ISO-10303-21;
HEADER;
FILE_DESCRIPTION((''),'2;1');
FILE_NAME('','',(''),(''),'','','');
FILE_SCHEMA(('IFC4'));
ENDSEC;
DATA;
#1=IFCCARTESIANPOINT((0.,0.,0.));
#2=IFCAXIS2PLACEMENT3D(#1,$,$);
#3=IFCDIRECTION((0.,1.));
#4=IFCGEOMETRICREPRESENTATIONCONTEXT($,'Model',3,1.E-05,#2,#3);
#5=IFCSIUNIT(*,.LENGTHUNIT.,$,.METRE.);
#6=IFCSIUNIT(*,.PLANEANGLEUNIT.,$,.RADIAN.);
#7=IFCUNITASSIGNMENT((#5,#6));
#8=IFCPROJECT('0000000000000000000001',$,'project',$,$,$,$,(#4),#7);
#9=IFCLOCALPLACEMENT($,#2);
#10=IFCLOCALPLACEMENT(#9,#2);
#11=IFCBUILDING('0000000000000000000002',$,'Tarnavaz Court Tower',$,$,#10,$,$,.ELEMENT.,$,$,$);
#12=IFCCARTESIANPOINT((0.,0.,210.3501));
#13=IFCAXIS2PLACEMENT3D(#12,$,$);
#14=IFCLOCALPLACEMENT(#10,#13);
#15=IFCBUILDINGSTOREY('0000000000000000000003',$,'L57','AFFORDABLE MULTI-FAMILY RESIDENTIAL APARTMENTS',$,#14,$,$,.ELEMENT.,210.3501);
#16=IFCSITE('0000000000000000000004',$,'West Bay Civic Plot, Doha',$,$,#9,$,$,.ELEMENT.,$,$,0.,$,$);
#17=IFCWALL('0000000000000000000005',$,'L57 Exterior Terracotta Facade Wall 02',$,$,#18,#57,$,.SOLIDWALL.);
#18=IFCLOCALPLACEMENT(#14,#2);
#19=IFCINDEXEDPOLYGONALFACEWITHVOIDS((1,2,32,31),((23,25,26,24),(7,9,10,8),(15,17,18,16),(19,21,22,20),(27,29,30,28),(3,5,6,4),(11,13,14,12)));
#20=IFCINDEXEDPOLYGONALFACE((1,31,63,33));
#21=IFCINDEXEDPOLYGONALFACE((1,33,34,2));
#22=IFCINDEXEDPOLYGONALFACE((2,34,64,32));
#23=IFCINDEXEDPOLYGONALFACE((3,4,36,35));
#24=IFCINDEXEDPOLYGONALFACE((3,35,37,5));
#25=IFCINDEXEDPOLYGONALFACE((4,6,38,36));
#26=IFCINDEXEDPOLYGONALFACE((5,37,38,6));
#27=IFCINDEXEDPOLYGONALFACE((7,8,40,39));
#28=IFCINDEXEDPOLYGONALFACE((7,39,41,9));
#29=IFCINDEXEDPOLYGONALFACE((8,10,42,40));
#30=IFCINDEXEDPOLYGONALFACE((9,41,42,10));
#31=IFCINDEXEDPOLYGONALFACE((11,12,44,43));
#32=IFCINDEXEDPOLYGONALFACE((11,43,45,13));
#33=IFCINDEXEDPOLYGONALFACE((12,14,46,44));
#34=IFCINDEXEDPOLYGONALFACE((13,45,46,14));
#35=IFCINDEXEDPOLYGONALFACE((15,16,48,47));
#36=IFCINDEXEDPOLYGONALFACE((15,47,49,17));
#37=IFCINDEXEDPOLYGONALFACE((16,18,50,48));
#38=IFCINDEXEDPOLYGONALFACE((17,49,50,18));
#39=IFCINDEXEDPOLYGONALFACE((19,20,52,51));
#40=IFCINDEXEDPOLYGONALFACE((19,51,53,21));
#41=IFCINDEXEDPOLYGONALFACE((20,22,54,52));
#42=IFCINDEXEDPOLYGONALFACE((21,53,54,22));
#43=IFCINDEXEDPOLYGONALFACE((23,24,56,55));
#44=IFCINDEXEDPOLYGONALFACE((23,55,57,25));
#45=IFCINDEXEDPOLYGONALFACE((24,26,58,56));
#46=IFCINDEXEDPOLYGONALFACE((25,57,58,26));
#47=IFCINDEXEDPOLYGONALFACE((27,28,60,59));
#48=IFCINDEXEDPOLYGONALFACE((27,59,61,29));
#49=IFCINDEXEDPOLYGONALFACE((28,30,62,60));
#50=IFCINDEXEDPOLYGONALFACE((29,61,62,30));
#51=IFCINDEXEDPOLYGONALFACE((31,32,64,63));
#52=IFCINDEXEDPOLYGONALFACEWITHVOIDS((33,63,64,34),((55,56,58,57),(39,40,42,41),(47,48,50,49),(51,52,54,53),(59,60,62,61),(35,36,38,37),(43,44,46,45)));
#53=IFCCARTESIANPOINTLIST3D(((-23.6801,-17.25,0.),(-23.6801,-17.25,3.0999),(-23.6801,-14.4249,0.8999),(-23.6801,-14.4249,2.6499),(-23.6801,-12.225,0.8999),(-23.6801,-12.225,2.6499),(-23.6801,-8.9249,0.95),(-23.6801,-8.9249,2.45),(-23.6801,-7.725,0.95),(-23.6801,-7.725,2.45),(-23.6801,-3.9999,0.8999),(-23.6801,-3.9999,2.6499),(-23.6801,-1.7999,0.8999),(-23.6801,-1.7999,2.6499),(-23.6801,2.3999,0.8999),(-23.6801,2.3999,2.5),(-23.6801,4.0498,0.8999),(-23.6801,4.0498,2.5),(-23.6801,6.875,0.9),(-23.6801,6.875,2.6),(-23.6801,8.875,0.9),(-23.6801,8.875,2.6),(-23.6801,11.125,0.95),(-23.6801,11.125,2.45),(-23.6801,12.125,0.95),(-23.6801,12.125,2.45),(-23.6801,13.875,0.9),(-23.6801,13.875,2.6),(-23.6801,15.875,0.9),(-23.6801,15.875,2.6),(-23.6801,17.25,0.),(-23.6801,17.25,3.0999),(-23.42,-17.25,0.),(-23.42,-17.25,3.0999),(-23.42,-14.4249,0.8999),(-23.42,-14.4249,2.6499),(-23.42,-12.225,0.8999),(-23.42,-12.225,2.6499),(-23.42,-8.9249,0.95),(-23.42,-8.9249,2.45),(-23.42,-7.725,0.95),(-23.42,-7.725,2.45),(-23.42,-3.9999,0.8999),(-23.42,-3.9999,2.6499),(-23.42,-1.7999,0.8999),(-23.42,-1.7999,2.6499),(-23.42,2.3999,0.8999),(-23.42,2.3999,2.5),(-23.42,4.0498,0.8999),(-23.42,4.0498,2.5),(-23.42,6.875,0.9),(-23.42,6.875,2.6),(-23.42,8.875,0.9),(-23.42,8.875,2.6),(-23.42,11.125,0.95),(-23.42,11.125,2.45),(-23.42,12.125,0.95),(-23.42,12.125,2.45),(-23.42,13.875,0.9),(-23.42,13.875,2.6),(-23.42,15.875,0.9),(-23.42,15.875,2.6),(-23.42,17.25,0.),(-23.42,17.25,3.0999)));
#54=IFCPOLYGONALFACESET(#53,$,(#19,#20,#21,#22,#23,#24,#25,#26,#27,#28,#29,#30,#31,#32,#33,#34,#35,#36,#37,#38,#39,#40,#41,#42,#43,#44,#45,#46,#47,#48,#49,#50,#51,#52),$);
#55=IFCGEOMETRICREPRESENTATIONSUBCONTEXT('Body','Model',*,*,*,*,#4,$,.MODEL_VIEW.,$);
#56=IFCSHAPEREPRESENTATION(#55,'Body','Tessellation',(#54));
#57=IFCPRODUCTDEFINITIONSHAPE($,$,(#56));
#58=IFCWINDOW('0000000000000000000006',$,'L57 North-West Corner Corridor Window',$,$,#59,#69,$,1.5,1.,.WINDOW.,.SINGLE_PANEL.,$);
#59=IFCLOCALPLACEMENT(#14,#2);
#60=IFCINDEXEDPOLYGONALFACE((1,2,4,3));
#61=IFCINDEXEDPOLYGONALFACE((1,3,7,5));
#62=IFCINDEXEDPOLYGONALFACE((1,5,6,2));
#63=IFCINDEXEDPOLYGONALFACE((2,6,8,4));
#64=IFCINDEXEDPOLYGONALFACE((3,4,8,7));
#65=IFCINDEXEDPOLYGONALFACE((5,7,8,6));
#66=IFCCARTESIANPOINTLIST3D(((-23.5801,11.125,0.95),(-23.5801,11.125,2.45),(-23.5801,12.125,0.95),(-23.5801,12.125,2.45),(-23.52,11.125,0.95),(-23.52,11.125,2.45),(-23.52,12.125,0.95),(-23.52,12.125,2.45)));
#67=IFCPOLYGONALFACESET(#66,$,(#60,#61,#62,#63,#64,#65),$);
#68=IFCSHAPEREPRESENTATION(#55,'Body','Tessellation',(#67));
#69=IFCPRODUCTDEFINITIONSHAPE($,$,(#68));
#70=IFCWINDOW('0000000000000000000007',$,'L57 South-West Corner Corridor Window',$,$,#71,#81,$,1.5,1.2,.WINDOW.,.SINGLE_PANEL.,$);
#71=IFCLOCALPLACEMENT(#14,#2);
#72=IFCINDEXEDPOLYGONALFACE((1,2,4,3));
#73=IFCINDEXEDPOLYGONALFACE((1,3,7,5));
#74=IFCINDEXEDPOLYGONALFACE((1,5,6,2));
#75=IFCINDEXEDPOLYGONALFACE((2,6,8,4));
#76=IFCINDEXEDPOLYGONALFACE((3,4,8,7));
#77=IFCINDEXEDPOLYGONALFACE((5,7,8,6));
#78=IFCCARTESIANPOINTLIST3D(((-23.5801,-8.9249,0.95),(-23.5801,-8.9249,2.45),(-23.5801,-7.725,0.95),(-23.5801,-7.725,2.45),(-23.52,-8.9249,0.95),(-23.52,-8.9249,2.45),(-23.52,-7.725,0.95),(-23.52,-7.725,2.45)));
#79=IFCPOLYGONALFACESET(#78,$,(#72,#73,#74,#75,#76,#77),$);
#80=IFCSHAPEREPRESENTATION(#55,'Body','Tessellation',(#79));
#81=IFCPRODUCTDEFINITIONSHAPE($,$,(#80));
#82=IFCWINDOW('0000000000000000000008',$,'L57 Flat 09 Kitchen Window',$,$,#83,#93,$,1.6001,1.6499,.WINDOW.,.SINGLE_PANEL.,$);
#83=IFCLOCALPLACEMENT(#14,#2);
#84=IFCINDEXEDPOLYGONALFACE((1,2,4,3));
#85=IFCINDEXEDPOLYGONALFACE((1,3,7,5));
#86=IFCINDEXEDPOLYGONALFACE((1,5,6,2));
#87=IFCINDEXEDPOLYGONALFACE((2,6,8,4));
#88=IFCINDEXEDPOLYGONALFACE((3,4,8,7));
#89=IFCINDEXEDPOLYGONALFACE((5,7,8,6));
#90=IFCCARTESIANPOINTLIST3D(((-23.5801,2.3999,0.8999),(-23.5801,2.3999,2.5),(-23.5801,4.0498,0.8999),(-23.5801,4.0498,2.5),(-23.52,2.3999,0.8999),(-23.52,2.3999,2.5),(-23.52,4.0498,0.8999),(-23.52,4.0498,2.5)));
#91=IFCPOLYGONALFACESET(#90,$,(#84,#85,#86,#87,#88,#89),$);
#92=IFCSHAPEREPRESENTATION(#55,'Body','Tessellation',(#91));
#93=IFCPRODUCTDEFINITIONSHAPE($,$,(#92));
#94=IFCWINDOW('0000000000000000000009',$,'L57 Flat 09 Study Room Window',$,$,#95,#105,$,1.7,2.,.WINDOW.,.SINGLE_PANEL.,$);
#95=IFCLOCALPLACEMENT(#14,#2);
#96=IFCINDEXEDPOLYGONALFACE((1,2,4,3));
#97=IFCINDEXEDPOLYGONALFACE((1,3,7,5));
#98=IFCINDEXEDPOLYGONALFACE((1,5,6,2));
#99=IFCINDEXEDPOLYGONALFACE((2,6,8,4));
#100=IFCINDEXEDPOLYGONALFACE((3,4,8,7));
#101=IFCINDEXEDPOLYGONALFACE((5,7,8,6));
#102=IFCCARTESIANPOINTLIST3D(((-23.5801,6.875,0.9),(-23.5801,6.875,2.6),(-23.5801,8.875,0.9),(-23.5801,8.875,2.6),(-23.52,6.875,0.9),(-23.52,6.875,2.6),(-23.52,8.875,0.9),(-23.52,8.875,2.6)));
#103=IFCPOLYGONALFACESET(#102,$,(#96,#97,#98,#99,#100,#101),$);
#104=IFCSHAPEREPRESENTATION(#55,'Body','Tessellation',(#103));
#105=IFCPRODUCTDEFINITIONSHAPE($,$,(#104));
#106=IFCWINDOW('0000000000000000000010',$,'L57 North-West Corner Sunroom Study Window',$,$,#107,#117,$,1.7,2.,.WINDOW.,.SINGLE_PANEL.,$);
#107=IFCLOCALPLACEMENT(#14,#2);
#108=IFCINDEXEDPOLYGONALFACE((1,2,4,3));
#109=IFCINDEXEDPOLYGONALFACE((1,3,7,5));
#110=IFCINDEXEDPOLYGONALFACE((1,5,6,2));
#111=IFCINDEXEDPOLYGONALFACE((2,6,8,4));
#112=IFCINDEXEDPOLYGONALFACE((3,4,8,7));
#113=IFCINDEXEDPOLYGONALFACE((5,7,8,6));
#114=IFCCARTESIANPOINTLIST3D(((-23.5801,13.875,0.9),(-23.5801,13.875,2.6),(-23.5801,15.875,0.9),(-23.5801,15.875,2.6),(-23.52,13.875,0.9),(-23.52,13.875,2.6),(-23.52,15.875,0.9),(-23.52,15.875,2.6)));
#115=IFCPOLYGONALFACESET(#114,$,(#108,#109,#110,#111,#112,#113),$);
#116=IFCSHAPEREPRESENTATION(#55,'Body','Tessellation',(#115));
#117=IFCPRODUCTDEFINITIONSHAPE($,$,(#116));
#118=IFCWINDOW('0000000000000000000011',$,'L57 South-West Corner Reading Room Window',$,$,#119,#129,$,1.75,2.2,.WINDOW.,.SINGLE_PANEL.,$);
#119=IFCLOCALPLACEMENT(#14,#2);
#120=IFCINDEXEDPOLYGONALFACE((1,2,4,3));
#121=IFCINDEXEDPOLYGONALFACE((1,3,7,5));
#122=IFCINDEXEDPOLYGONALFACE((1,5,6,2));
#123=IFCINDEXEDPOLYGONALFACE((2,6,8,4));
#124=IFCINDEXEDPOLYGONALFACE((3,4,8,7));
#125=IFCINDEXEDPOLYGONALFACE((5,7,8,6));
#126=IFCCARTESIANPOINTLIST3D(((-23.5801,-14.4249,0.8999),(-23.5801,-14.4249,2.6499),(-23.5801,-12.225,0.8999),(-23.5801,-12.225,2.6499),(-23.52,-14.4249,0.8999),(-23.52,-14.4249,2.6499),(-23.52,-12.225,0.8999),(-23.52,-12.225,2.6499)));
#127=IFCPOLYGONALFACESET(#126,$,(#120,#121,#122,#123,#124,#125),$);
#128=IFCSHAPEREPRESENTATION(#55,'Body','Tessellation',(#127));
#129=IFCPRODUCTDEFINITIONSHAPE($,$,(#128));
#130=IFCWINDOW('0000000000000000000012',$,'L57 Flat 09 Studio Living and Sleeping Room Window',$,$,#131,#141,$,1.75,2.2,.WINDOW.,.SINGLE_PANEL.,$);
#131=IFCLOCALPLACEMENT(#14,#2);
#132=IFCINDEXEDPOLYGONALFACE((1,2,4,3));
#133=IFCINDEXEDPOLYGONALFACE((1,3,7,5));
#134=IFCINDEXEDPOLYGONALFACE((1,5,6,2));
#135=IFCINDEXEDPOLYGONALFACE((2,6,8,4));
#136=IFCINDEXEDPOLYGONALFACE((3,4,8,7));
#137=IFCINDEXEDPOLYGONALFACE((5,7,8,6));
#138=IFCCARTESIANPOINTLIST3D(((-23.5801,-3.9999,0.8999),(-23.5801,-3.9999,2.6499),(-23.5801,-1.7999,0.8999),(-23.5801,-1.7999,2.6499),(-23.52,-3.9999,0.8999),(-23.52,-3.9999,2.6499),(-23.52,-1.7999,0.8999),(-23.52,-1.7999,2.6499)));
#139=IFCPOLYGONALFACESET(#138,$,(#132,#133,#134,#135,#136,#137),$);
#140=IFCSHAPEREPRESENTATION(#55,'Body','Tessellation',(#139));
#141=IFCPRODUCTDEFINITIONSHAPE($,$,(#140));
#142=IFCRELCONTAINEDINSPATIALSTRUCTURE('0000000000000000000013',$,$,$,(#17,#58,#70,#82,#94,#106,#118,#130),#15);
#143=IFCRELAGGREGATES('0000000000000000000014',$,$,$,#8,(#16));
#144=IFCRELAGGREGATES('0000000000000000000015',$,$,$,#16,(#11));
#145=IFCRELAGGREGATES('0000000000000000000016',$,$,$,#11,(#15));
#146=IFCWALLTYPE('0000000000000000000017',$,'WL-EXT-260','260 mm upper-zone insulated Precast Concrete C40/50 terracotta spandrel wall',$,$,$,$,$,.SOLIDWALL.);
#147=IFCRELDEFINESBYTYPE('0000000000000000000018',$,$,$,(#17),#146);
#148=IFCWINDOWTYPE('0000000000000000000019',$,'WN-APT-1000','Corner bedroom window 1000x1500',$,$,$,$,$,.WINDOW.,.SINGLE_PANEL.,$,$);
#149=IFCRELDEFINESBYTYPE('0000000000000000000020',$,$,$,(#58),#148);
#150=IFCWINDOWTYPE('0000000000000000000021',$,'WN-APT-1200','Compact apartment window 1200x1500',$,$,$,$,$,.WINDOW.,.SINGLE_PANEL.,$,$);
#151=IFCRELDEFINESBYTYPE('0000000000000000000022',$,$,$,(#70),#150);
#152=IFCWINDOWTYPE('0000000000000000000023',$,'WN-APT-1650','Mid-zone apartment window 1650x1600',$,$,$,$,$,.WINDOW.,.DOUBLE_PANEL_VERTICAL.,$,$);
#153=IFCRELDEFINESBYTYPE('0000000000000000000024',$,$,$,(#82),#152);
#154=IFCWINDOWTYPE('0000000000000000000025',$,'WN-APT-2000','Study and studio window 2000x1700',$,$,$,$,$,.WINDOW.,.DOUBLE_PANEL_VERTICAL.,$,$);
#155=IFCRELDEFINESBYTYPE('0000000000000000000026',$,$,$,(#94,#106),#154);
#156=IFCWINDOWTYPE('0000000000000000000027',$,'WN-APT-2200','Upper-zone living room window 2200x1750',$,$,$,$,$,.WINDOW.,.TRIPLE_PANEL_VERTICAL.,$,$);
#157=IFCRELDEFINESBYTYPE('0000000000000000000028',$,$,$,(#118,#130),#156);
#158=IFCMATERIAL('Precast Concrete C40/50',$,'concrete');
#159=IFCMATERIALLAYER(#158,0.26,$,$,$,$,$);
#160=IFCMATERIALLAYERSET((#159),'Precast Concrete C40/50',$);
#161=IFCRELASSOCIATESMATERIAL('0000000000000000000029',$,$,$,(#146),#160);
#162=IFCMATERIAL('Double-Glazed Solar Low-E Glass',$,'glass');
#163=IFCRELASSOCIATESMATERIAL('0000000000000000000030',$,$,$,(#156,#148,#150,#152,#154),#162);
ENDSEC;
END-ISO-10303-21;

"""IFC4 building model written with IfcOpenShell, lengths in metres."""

from ifc_helpers import new_model, si_unit, direction, frame, frame_2d, origin, place, context, subcontext, project, spatial, rectangle, extrude, material, layer, layer_set, type_object, element, fill, save


model = new_model("IFC4")

# Units and contexts
model_context = context("Model", 3, precision=1e-05, world=origin(), true_north=direction((0.0, 1.0)))
body_context = subcontext(model_context, "Body", "Model", "MODEL_VIEW")
ifc_project = project(units=[si_unit("LENGTHUNIT", "METRE"), si_unit("PLANEANGLEUNIT", "RADIAN")], contexts=[model_context])

# Site, building, storey
site_placement = place(None, origin())
site = spatial("IfcSite", under=ifc_project, at=site_placement, Name="West Bay Civic Plot, Doha", CompositionType="ELEMENT", RefElevation=0.0)
building_placement = place(site_placement, origin())
building = spatial("IfcBuilding", under=site, at=building_placement, Name="Tarnavaz Court Tower", CompositionType="ELEMENT")
storey_placement = place(building_placement, frame((0.0, 0.0, 210.3501)))
storey = spatial("IfcBuildingStorey", under=building, at=storey_placement, Name="L57", Description="AFFORDABLE MULTI-FAMILY RESIDENTIAL APARTMENTS", CompositionType="ELEMENT", Elevation=210.3501)

# Shared definitions
ifc_material_1 = material(Name="Precast Concrete C40/50", Category="concrete")
ifc_layer_1 = layer(ifc_material_1, 0.26)
ifc_layer_set_1 = layer_set([ifc_layer_1], Name="Precast Concrete C40/50")
wall_type_1 = type_object("IfcWallType", Name="WL-EXT-260", Description="260 mm upper-zone insulated Precast Concrete C40/50 terracotta spandrel wall", PredefinedType="SOLIDWALL", material=ifc_layer_set_1)
ifc_material_2 = material(Name="Double-Glazed Solar Low-E Glass", Category="glass")
window_type_1 = type_object("IfcWindowType", Name="WN-APT-2200", Description="Upper-zone living room window 2200x1750", PartitioningType="TRIPLE_PANEL_VERTICAL", PredefinedType="WINDOW", material=ifc_material_2)

# Wall, openings, windows
wall_1_placement = place(storey_placement, frame((-23.55, -17.25, 0.0), z_axis=(0.0, 0.0, 1.0), x_axis=(0.0, 1.0, 0.0)))
wall_1 = element("IfcWall", 1, at=wall_1_placement, inside=storey, type_object=wall_type_1, Name="L57 Exterior Terracotta Facade Wall 02", PredefinedType="SOLIDWALL", context=body_context, shape_type="SweptSolid", body=[
    extrude(rectangle(XDim=34.5, YDim=0.26, at=frame_2d((17.25, 0.0))), origin(), (0.0, 0.0, 1.0), 3.0999),
])
opening_1_placement = place(wall_1_placement, frame((2.825, 0.0, 0.8999)))
opening_1 = element("IfcOpeningElement", 2, at=opening_1_placement, cuts=wall_1, PredefinedType="OPENING", context=body_context, shape_type="SweptSolid", body=[
    extrude(rectangle(XDim=2.2, YDim=1.75, at=frame_2d((1.1001, 0.875))), frame((0.0, 0.1399, 0.0), z_axis=(0.0, -1.0, 0.0), x_axis=(1.0, 0.0, 0.0)), (0.0, 0.0, 1.0), 0.28),
])
opening_2_placement = place(wall_1_placement, frame((8.325, 0.0, 0.95)))
opening_2 = element("IfcOpeningElement", 3, at=opening_2_placement, cuts=wall_1, PredefinedType="OPENING", context=body_context, shape_type="SweptSolid", body=[
    extrude(rectangle(XDim=1.2, YDim=1.5, at=frame_2d((0.6001, 0.75))), frame((0.0, 0.1399, 0.0), z_axis=(0.0, -1.0, 0.0), x_axis=(1.0, 0.0, 0.0)), (0.0, 0.0, 1.0), 0.28),
])
opening_3_placement = place(wall_1_placement, frame((13.25, 0.0, 0.8999)))
opening_3 = element("IfcOpeningElement", 4, at=opening_3_placement, cuts=wall_1, PredefinedType="OPENING", context=body_context, shape_type="SweptSolid", body=[
    extrude(rectangle(XDim=2.2, YDim=1.75, at=frame_2d((1.1001, 0.875))), frame((0.0, 0.1399, 0.0), z_axis=(0.0, -1.0, 0.0), x_axis=(1.0, 0.0, 0.0)), (0.0, 0.0, 1.0), 0.28),
])
opening_4_placement = place(wall_1_placement, frame((19.6499, 0.0, 0.8999)))
opening_4 = element("IfcOpeningElement", 5, at=opening_4_placement, cuts=wall_1, PredefinedType="OPENING", context=body_context, shape_type="SweptSolid", body=[
    extrude(rectangle(XDim=1.6499, YDim=1.6001, at=frame_2d((0.825, 0.8))), frame((0.0, 0.1399, 0.0), z_axis=(0.0, -1.0, 0.0), x_axis=(1.0, 0.0, 0.0)), (0.0, 0.0, 1.0), 0.28),
])
opening_5_placement = place(wall_1_placement, frame((24.125, 0.0, 0.8999)))
opening_5 = element("IfcOpeningElement", 6, at=opening_5_placement, cuts=wall_1, PredefinedType="OPENING", context=body_context, shape_type="SweptSolid", body=[
    extrude(rectangle(XDim=2.0, YDim=1.7, at=frame_2d((1.0, 0.8501))), frame((0.0, 0.1399, 0.0), z_axis=(0.0, -1.0, 0.0), x_axis=(1.0, 0.0, 0.0)), (0.0, 0.0, 1.0), 0.28),
])
opening_6_placement = place(wall_1_placement, frame((28.375, 0.0, 0.95)))
opening_6 = element("IfcOpeningElement", 7, at=opening_6_placement, cuts=wall_1, PredefinedType="OPENING", context=body_context, shape_type="SweptSolid", body=[
    extrude(rectangle(XDim=1.0, YDim=1.5, at=frame_2d((0.5, 0.75))), frame((0.0, 0.1399, 0.0), z_axis=(0.0, -1.0, 0.0), x_axis=(1.0, 0.0, 0.0)), (0.0, 0.0, 1.0), 0.28),
])
opening_7_placement = place(wall_1_placement, frame((31.125, 0.0, 0.8999)))
opening_7 = element("IfcOpeningElement", 8, at=opening_7_placement, cuts=wall_1, PredefinedType="OPENING", context=body_context, shape_type="SweptSolid", body=[
    extrude(rectangle(XDim=2.0, YDim=1.7, at=frame_2d((1.0, 0.8501))), frame((0.0, 0.1399, 0.0), z_axis=(0.0, -1.0, 0.0), x_axis=(1.0, 0.0, 0.0)), (0.0, 0.0, 1.0), 0.28),
])
window_type_2 = type_object("IfcWindowType", Name="WN-APT-1000", Description="Corner bedroom window 1000x1500", PartitioningType="SINGLE_PANEL", PredefinedType="WINDOW", material=ifc_material_2)
window_1_placement = place(opening_6_placement, origin())
window_1 = element("IfcWindow", 9, at=window_1_placement, inside=storey, type_object=window_type_2, Name="L57 North-West Corner Corridor Window", OverallHeight=1.5, OverallWidth=1.0, PartitioningType="SINGLE_PANEL", PredefinedType="WINDOW", context=body_context, shape_type="SweptSolid", body=[
    extrude(rectangle(XDim=1.0, YDim=1.5, at=frame_2d((0.5, 0.75))), frame((0.0, 0.03, 0.0), z_axis=(0.0, -1.0, 0.0), x_axis=(1.0, 0.0, 0.0)), (0.0, 0.0, 1.0), 0.0601),
])
fill(opening_6, window_1)
window_type_3 = type_object("IfcWindowType", Name="WN-APT-1200", Description="Compact apartment window 1200x1500", PartitioningType="SINGLE_PANEL", PredefinedType="WINDOW", material=ifc_material_2)
window_2_placement = place(opening_2_placement, origin())
window_2 = element("IfcWindow", 10, at=window_2_placement, inside=storey, type_object=window_type_3, Name="L57 South-West Corner Corridor Window", OverallHeight=1.5, OverallWidth=1.2, PartitioningType="SINGLE_PANEL", PredefinedType="WINDOW", context=body_context, shape_type="SweptSolid", body=[
    extrude(rectangle(XDim=1.2, YDim=1.5, at=frame_2d((0.6001, 0.75))), frame((0.0, 0.03, 0.0), z_axis=(0.0, -1.0, 0.0), x_axis=(1.0, 0.0, 0.0)), (0.0, 0.0, 1.0), 0.0601),
])
fill(opening_2, window_2)
window_type_4 = type_object("IfcWindowType", Name="WN-APT-1650", Description="Mid-zone apartment window 1650x1600", PartitioningType="DOUBLE_PANEL_VERTICAL", PredefinedType="WINDOW", material=ifc_material_2)
window_3_placement = place(opening_4_placement, origin())
window_3 = element("IfcWindow", 11, at=window_3_placement, inside=storey, type_object=window_type_4, Name="L57 Flat 09 Kitchen Window", OverallHeight=1.6001, OverallWidth=1.6499, PartitioningType="SINGLE_PANEL", PredefinedType="WINDOW", context=body_context, shape_type="SweptSolid", body=[
    extrude(rectangle(XDim=1.6499, YDim=1.6001, at=frame_2d((0.825, 0.8))), frame((0.0, 0.03, 0.0), z_axis=(0.0, -1.0, 0.0), x_axis=(1.0, 0.0, 0.0)), (0.0, 0.0, 1.0), 0.0601),
])
fill(opening_4, window_3)
window_type_5 = type_object("IfcWindowType", Name="WN-APT-2000", Description="Study and studio window 2000x1700", PartitioningType="DOUBLE_PANEL_VERTICAL", PredefinedType="WINDOW", material=ifc_material_2)
window_4_placement = place(opening_5_placement, origin())
window_4 = element("IfcWindow", 12, at=window_4_placement, inside=storey, type_object=window_type_5, Name="L57 Flat 09 Study Room Window", OverallHeight=1.7, OverallWidth=2.0, PartitioningType="SINGLE_PANEL", PredefinedType="WINDOW", context=body_context, shape_type="SweptSolid", body=[
    extrude(rectangle(XDim=2.0, YDim=1.7, at=frame_2d((1.0, 0.8501))), frame((0.0, 0.03, 0.0), z_axis=(0.0, -1.0, 0.0), x_axis=(1.0, 0.0, 0.0)), (0.0, 0.0, 1.0), 0.0601),
])
fill(opening_5, window_4)
window_5_placement = place(opening_7_placement, origin())
window_5 = element("IfcWindow", 13, at=window_5_placement, inside=storey, type_object=window_type_5, Name="L57 North-West Corner Sunroom Study Window", OverallHeight=1.7, OverallWidth=2.0, PartitioningType="SINGLE_PANEL", PredefinedType="WINDOW", context=body_context, shape_type="SweptSolid", body=[
    extrude(rectangle(XDim=2.0, YDim=1.7, at=frame_2d((1.0, 0.8501))), frame((0.0, 0.03, 0.0), z_axis=(0.0, -1.0, 0.0), x_axis=(1.0, 0.0, 0.0)), (0.0, 0.0, 1.0), 0.0601),
])
fill(opening_7, window_5)
window_6_placement = place(opening_1_placement, origin())
window_6 = element("IfcWindow", 14, at=window_6_placement, inside=storey, type_object=window_type_1, Name="L57 South-West Corner Reading Room Window", OverallHeight=1.75, OverallWidth=2.2, PartitioningType="SINGLE_PANEL", PredefinedType="WINDOW", context=body_context, shape_type="SweptSolid", body=[
    extrude(rectangle(XDim=2.2, YDim=1.75, at=frame_2d((1.1001, 0.875))), frame((0.0, 0.03, 0.0), z_axis=(0.0, -1.0, 0.0), x_axis=(1.0, 0.0, 0.0)), (0.0, 0.0, 1.0), 0.0601),
])
fill(opening_1, window_6)
window_7_placement = place(opening_3_placement, origin())
window_7 = element("IfcWindow", 15, at=window_7_placement, inside=storey, type_object=window_type_1, Name="L57 Flat 09 Studio Living and Sleeping Room Window", OverallHeight=1.75, OverallWidth=2.2, PartitioningType="SINGLE_PANEL", PredefinedType="WINDOW", context=body_context, shape_type="SweptSolid", body=[
    extrude(rectangle(XDim=2.2, YDim=1.75, at=frame_2d((1.1001, 0.875))), frame((0.0, 0.03, 0.0), z_axis=(0.0, -1.0, 0.0), x_axis=(1.0, 0.0, 0.0)), (0.0, 0.0, 1.0), 0.0601),
])
fill(opening_3, window_7)

save(model, "model.ifc")
